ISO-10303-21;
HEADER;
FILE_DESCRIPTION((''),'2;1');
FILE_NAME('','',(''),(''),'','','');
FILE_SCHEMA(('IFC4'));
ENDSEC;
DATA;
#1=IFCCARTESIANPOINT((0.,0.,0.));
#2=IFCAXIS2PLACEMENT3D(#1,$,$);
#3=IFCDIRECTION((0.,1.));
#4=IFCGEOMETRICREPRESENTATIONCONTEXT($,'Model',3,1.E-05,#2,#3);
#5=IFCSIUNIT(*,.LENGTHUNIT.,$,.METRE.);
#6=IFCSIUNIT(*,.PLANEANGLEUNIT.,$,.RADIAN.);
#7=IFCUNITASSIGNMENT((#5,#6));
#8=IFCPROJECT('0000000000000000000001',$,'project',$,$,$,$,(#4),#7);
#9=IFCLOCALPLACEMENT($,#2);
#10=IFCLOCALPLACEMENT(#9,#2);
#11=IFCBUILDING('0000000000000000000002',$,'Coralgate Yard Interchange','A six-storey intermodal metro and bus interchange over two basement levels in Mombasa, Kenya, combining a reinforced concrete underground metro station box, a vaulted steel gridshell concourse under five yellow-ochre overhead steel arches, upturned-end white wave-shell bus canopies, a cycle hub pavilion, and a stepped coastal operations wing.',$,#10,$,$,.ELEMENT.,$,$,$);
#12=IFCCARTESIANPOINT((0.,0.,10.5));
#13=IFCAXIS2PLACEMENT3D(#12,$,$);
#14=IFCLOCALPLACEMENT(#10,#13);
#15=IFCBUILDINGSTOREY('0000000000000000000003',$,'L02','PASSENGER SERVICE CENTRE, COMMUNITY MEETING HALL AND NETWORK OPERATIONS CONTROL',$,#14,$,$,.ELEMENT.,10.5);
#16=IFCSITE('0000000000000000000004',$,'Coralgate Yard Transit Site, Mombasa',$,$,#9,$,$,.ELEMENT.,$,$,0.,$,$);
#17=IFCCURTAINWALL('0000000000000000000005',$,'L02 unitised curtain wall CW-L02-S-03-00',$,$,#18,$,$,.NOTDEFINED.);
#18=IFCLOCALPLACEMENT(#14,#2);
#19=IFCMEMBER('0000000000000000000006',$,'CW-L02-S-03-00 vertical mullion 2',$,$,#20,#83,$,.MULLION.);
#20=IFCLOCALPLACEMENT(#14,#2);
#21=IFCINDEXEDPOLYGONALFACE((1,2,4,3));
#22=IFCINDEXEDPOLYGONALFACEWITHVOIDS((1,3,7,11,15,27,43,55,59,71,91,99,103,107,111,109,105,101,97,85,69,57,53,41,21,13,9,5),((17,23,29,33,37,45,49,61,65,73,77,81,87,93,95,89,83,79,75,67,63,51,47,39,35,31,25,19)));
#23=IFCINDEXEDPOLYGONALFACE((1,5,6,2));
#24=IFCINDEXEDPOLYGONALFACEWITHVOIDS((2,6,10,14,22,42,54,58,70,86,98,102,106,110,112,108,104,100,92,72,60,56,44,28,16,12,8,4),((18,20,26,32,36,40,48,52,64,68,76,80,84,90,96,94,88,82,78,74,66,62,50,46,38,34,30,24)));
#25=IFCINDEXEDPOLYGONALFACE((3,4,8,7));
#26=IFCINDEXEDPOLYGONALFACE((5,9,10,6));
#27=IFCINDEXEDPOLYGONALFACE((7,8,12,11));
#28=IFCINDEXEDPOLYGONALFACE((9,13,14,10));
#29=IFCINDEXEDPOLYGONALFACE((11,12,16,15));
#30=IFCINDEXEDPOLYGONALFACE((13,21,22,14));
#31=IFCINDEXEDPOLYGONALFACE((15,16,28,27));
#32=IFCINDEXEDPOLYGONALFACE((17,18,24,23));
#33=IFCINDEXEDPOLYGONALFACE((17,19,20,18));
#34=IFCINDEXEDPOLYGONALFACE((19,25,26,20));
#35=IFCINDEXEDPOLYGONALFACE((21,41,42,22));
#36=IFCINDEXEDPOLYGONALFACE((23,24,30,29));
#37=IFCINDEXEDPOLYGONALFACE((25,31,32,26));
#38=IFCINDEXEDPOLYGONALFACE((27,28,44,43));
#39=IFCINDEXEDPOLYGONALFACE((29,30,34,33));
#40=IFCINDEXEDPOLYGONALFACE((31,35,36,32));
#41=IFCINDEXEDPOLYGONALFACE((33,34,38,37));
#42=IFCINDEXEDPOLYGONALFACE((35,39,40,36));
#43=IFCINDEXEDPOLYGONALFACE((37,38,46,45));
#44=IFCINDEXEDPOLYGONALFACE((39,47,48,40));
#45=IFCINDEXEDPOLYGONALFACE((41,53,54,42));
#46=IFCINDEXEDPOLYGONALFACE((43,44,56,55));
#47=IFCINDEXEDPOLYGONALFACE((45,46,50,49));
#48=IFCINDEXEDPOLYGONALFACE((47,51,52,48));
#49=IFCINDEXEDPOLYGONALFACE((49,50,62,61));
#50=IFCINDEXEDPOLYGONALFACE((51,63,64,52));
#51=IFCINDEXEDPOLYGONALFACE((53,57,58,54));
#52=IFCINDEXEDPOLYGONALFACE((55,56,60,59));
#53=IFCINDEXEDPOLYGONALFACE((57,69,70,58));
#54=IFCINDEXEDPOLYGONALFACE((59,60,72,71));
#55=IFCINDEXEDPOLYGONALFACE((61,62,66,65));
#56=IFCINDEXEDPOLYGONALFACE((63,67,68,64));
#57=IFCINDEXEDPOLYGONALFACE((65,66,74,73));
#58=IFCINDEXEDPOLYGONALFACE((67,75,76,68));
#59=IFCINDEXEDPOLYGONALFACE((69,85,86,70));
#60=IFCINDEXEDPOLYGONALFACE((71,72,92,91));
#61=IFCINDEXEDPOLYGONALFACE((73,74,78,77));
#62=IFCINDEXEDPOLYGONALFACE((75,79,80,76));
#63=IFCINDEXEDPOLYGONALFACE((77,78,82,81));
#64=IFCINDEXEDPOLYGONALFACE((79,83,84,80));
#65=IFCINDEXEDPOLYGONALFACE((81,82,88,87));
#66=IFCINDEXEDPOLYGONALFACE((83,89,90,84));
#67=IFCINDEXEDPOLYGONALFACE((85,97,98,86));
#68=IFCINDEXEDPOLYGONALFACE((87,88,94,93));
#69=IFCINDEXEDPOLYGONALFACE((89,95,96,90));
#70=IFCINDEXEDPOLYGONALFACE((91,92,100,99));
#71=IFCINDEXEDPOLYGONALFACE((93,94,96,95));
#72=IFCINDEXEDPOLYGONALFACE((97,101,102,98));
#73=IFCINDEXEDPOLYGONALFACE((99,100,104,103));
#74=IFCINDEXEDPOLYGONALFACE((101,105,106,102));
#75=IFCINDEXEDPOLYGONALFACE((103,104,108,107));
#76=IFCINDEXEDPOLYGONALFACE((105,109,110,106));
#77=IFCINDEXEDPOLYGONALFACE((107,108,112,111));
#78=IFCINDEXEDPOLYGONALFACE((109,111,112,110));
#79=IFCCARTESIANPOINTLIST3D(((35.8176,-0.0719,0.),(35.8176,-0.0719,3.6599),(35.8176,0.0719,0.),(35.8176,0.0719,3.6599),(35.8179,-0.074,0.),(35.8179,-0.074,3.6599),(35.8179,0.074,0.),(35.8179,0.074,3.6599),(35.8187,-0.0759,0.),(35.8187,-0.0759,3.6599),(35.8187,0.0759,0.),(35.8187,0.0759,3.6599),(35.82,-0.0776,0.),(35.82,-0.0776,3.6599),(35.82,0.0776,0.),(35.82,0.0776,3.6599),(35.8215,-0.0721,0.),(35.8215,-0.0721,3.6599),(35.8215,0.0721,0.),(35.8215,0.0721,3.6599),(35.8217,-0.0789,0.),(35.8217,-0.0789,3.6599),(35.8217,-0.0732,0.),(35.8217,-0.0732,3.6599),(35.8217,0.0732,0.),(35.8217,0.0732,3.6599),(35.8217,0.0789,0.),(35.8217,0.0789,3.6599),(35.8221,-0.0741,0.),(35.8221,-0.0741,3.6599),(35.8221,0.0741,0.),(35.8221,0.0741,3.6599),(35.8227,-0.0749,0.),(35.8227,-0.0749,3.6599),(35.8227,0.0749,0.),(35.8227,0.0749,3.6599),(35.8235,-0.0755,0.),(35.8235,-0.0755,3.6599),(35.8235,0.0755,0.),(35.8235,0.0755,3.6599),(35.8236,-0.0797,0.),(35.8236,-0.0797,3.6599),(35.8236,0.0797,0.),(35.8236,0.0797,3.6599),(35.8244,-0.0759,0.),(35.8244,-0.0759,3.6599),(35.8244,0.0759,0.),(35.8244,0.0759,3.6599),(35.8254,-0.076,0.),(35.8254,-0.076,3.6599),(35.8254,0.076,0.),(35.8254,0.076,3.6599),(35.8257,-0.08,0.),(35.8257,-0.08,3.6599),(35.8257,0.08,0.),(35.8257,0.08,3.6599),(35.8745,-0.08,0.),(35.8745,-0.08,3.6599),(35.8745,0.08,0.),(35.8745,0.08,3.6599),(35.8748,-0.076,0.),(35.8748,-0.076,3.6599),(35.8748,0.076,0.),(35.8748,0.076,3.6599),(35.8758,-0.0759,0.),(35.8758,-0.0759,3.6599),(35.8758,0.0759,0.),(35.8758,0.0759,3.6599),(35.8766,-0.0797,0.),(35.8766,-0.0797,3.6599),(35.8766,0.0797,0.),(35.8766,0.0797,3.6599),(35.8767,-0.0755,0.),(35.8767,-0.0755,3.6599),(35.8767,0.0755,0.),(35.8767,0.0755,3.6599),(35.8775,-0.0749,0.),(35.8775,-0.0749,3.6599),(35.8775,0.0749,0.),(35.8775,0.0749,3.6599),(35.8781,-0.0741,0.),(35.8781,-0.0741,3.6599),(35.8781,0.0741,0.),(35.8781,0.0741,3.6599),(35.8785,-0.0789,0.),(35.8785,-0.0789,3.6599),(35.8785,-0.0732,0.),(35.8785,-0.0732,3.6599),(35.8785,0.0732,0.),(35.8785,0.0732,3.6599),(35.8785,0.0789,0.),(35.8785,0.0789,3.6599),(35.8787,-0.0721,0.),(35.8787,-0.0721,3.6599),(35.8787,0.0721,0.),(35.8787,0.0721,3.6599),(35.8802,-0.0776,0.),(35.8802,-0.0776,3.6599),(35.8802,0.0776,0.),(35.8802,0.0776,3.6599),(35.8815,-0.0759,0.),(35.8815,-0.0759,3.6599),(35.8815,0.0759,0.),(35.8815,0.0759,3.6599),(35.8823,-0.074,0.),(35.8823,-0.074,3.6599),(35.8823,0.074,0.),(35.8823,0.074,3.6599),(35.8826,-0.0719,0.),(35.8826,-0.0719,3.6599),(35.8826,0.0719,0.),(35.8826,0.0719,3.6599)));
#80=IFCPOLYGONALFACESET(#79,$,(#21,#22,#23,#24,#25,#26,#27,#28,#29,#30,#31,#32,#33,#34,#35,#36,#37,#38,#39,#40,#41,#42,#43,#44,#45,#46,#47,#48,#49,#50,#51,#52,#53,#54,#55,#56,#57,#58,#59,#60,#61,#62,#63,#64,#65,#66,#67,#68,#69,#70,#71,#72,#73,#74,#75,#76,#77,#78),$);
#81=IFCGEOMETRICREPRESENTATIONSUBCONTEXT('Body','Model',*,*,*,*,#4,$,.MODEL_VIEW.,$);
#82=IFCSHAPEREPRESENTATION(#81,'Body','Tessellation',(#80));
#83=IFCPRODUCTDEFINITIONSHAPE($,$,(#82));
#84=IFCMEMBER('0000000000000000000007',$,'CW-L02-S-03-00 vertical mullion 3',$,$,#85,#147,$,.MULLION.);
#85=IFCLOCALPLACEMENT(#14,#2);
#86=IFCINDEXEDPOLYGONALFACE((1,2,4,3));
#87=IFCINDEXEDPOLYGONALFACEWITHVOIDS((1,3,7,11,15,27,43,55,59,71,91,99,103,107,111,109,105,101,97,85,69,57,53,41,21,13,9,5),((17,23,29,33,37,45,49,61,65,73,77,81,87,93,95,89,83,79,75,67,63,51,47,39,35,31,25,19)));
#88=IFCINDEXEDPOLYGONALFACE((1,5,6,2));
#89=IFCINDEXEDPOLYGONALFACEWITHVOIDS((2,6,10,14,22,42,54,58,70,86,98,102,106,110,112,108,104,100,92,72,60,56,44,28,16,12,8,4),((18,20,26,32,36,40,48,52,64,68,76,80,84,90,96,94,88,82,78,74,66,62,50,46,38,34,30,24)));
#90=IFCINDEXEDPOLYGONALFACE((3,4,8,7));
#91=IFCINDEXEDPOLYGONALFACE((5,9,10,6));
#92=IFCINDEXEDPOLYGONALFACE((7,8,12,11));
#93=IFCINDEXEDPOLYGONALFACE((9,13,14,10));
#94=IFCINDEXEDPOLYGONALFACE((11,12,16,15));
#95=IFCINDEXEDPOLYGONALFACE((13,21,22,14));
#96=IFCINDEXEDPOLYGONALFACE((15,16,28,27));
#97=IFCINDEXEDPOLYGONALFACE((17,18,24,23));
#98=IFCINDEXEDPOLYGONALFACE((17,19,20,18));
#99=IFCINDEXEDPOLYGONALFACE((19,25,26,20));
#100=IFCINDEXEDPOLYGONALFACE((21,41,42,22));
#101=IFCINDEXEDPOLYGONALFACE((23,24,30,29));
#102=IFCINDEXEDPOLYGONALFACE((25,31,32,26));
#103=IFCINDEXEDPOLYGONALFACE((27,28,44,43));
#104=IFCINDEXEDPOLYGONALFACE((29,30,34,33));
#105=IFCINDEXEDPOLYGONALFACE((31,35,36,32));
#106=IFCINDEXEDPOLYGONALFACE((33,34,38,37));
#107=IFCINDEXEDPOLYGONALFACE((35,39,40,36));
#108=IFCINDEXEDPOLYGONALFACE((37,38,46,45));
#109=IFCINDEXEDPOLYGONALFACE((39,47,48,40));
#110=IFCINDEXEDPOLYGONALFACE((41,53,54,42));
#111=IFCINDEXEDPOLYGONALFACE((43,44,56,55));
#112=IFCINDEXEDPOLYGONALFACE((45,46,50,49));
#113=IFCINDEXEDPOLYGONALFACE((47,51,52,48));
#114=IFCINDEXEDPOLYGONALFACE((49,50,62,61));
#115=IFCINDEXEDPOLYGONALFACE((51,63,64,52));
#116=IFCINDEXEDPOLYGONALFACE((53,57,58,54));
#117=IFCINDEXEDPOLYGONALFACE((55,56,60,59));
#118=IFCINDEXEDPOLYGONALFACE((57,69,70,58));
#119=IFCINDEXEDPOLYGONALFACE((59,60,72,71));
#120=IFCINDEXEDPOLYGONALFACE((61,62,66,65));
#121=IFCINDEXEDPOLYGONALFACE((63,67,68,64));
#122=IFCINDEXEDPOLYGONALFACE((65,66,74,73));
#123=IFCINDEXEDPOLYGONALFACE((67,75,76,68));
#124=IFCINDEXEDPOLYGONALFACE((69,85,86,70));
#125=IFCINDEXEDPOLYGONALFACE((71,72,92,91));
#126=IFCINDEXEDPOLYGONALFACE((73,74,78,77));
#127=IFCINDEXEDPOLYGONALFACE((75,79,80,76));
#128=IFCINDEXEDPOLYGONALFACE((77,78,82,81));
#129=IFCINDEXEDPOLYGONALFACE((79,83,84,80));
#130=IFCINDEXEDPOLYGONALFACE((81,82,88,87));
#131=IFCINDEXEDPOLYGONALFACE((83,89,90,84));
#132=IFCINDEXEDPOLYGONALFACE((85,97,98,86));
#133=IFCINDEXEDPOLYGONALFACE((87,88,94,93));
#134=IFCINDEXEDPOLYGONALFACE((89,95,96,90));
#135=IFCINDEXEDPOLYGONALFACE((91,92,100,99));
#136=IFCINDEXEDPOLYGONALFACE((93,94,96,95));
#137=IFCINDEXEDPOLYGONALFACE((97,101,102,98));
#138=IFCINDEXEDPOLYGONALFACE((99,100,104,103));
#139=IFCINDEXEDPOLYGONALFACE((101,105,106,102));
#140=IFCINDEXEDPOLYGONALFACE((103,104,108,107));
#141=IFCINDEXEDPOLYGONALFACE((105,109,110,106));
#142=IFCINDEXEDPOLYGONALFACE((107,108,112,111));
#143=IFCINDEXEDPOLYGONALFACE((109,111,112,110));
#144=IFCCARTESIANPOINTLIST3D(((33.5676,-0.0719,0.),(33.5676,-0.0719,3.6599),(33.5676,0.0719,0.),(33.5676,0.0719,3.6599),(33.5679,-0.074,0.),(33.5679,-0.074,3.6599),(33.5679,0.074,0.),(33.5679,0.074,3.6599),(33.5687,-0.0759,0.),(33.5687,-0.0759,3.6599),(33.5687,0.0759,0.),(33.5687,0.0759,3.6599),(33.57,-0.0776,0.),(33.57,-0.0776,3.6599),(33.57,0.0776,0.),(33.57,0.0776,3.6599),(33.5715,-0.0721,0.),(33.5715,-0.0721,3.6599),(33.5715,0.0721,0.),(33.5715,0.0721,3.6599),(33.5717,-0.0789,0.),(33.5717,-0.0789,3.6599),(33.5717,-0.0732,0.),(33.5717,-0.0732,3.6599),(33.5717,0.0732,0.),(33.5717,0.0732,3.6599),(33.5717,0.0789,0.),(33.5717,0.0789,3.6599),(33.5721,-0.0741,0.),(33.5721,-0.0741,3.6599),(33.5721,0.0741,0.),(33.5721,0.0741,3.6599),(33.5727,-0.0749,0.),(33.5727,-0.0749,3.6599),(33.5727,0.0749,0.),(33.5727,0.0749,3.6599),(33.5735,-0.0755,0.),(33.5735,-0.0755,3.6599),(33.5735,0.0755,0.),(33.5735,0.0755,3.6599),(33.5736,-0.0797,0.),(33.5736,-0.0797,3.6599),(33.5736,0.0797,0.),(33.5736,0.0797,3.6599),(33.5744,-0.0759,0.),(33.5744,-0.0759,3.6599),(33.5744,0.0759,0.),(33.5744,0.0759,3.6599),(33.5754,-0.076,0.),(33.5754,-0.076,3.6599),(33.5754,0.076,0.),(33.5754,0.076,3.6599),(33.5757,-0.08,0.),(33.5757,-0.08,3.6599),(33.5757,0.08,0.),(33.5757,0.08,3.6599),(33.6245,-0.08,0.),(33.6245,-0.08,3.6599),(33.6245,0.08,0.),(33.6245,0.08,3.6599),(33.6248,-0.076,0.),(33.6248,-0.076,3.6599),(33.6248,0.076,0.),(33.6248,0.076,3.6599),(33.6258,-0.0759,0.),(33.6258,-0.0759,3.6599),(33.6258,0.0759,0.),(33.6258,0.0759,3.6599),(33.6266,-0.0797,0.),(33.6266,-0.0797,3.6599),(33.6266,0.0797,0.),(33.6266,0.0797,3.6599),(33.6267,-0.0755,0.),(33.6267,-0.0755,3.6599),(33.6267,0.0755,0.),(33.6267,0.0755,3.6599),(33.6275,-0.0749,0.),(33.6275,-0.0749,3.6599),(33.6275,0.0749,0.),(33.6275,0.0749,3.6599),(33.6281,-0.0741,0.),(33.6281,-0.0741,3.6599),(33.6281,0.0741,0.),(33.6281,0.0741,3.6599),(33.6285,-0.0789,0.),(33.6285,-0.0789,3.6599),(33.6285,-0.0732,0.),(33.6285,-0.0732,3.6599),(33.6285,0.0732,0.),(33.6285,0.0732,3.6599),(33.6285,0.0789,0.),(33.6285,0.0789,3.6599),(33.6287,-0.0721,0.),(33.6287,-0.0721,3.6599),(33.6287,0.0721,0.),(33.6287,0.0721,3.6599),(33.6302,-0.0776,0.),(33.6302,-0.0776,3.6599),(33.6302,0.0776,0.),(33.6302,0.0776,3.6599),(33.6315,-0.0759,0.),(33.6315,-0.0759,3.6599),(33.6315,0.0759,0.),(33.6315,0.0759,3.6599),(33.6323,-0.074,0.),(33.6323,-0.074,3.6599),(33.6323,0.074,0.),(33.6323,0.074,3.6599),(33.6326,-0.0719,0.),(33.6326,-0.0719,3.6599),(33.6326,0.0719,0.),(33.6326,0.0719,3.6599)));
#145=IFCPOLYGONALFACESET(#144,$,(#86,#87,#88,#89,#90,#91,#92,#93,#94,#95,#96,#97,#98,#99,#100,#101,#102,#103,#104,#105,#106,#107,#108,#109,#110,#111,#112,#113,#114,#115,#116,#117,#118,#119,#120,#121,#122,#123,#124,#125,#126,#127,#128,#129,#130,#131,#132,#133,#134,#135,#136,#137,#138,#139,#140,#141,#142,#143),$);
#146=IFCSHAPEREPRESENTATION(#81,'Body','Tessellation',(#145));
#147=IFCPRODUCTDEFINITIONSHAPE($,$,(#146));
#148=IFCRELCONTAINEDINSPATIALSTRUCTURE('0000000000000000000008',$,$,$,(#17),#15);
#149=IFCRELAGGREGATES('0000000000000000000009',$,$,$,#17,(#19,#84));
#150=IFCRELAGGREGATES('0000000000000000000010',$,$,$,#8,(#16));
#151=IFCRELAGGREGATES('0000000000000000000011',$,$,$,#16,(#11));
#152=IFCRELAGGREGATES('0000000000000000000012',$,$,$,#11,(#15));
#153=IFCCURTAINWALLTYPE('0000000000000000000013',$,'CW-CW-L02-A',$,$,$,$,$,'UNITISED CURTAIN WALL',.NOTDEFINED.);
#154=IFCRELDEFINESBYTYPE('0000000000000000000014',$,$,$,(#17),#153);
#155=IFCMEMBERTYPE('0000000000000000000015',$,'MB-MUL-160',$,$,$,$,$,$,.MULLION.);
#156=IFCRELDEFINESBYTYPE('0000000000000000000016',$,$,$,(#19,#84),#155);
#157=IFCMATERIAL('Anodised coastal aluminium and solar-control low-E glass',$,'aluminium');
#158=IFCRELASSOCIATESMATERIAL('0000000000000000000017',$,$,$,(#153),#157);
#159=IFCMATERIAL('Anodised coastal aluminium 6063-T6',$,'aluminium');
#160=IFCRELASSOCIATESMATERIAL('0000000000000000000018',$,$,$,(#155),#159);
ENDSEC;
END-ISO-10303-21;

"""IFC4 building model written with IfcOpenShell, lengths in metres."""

from ifc_helpers import new_model, si_unit, direction, frame, origin, origin_2d, place, context, subcontext, project, spatial, hollow_rectangle, extrude, material, material_profile, profile_set, type_object, element, aggregate, save


model = new_model("IFC4")

# Units and contexts
model_context = context("Model", 3, precision=1e-05, world=origin(), true_north=direction((0.0, 1.0)))
body_context = subcontext(model_context, "Body", "Model", "MODEL_VIEW")
ifc_project = project(units=[si_unit("LENGTHUNIT", "METRE"), si_unit("PLANEANGLEUNIT", "RADIAN")], contexts=[model_context])

# Site, building, storey
site_placement = place(None, origin())
site = spatial("IfcSite", under=ifc_project, at=site_placement, Name="Coralgate Yard Transit Site, Mombasa", CompositionType="ELEMENT", RefElevation=0.0)
building_placement = place(site_placement, origin())
building = spatial("IfcBuilding", under=site, at=building_placement, Name="Coralgate Yard Interchange", Description="A six-storey intermodal metro and bus interchange over two basement levels in Mombasa, Kenya, combining a reinforced concrete underground metro station box, a vaulted steel gridshell concourse under five yellow-ochre overhead steel arches, upturned-end white wave-shell bus canopies, a cycle hub pavilion, and a stepped coastal operations wing.", CompositionType="ELEMENT")
storey_placement = place(building_placement, frame((0.0, 0.0, 10.5)))
storey = spatial("IfcBuildingStorey", under=building, at=storey_placement, Name="L02", Description="PASSENGER SERVICE CENTRE, COMMUNITY MEETING HALL AND NETWORK OPERATIONS CONTROL", CompositionType="ELEMENT", Elevation=10.5)

# Curtain wall, members
ifc_material_1 = material(Name="Anodised coastal aluminium and solar-control low-E glass", Category="aluminium")
curtain_wall_type = type_object("IfcCurtainWallType", Name="CW-CW-L02-A", ElementType="UNITISED CURTAIN WALL", PredefinedType="NOTDEFINED", material=ifc_material_1)
curtain_wall_placement = place(storey_placement, origin())
curtain_wall = element("IfcCurtainWall", 1, at=curtain_wall_placement, inside=storey, type_object=curtain_wall_type, Name="L02 unitised curtain wall CW-L02-S-03-00", PredefinedType="NOTDEFINED")
ifc_material_2 = material(Name="Anodised coastal aluminium 6063-T6", Category="aluminium")
ifc_material_profile_1 = material_profile(ifc_material_2, hollow_rectangle(XDim=0.0649, YDim=0.1599, WallThickness=0.0039, InnerFilletRadius=0.0039, OuterFilletRadius=0.0081, at=origin_2d()), Name="ALU 65x160x4")
ifc_profile_set_1 = profile_set([ifc_material_profile_1], Name="Anodised coastal aluminium 6063-T6")
member_type_1 = type_object("IfcMemberType", Name="MB-MUL-160", PredefinedType="MULLION", material=ifc_profile_set_1)
member_1_placement = place(storey_placement, frame((35.8501, 0.0, 0.0), z_axis=(0.0, 0.0, 1.0), x_axis=(1.0, 0.0, 0.0)))
member_1 = element("IfcMember", 2, at=member_1_placement, type_object=member_type_1, Name="CW-L02-S-03-00 vertical mullion 2", PredefinedType="MULLION", context=body_context, shape_type="SweptSolid", body=[
    extrude(hollow_rectangle(XDim=0.0649, YDim=0.1599, WallThickness=0.0039, InnerFilletRadius=0.0039, OuterFilletRadius=0.0081, at=origin_2d()), origin(), (0.0, 0.0, 1.0), 3.6599),
])
member_2_placement = place(storey_placement, frame((33.6001, 0.0, 0.0), z_axis=(0.0, 0.0, 1.0), x_axis=(1.0, 0.0, 0.0)))
member_2 = element("IfcMember", 3, at=member_2_placement, type_object=member_type_1, Name="CW-L02-S-03-00 vertical mullion 3", PredefinedType="MULLION", context=body_context, shape_type="SweptSolid", body=[
    extrude(hollow_rectangle(XDim=0.0649, YDim=0.1599, WallThickness=0.0039, InnerFilletRadius=0.0039, OuterFilletRadius=0.0081, at=origin_2d()), origin(), (0.0, 0.0, 1.0), 3.6599),
])
aggregate(curtain_wall, [member_1, member_2])

save(model, "model.ifc")
